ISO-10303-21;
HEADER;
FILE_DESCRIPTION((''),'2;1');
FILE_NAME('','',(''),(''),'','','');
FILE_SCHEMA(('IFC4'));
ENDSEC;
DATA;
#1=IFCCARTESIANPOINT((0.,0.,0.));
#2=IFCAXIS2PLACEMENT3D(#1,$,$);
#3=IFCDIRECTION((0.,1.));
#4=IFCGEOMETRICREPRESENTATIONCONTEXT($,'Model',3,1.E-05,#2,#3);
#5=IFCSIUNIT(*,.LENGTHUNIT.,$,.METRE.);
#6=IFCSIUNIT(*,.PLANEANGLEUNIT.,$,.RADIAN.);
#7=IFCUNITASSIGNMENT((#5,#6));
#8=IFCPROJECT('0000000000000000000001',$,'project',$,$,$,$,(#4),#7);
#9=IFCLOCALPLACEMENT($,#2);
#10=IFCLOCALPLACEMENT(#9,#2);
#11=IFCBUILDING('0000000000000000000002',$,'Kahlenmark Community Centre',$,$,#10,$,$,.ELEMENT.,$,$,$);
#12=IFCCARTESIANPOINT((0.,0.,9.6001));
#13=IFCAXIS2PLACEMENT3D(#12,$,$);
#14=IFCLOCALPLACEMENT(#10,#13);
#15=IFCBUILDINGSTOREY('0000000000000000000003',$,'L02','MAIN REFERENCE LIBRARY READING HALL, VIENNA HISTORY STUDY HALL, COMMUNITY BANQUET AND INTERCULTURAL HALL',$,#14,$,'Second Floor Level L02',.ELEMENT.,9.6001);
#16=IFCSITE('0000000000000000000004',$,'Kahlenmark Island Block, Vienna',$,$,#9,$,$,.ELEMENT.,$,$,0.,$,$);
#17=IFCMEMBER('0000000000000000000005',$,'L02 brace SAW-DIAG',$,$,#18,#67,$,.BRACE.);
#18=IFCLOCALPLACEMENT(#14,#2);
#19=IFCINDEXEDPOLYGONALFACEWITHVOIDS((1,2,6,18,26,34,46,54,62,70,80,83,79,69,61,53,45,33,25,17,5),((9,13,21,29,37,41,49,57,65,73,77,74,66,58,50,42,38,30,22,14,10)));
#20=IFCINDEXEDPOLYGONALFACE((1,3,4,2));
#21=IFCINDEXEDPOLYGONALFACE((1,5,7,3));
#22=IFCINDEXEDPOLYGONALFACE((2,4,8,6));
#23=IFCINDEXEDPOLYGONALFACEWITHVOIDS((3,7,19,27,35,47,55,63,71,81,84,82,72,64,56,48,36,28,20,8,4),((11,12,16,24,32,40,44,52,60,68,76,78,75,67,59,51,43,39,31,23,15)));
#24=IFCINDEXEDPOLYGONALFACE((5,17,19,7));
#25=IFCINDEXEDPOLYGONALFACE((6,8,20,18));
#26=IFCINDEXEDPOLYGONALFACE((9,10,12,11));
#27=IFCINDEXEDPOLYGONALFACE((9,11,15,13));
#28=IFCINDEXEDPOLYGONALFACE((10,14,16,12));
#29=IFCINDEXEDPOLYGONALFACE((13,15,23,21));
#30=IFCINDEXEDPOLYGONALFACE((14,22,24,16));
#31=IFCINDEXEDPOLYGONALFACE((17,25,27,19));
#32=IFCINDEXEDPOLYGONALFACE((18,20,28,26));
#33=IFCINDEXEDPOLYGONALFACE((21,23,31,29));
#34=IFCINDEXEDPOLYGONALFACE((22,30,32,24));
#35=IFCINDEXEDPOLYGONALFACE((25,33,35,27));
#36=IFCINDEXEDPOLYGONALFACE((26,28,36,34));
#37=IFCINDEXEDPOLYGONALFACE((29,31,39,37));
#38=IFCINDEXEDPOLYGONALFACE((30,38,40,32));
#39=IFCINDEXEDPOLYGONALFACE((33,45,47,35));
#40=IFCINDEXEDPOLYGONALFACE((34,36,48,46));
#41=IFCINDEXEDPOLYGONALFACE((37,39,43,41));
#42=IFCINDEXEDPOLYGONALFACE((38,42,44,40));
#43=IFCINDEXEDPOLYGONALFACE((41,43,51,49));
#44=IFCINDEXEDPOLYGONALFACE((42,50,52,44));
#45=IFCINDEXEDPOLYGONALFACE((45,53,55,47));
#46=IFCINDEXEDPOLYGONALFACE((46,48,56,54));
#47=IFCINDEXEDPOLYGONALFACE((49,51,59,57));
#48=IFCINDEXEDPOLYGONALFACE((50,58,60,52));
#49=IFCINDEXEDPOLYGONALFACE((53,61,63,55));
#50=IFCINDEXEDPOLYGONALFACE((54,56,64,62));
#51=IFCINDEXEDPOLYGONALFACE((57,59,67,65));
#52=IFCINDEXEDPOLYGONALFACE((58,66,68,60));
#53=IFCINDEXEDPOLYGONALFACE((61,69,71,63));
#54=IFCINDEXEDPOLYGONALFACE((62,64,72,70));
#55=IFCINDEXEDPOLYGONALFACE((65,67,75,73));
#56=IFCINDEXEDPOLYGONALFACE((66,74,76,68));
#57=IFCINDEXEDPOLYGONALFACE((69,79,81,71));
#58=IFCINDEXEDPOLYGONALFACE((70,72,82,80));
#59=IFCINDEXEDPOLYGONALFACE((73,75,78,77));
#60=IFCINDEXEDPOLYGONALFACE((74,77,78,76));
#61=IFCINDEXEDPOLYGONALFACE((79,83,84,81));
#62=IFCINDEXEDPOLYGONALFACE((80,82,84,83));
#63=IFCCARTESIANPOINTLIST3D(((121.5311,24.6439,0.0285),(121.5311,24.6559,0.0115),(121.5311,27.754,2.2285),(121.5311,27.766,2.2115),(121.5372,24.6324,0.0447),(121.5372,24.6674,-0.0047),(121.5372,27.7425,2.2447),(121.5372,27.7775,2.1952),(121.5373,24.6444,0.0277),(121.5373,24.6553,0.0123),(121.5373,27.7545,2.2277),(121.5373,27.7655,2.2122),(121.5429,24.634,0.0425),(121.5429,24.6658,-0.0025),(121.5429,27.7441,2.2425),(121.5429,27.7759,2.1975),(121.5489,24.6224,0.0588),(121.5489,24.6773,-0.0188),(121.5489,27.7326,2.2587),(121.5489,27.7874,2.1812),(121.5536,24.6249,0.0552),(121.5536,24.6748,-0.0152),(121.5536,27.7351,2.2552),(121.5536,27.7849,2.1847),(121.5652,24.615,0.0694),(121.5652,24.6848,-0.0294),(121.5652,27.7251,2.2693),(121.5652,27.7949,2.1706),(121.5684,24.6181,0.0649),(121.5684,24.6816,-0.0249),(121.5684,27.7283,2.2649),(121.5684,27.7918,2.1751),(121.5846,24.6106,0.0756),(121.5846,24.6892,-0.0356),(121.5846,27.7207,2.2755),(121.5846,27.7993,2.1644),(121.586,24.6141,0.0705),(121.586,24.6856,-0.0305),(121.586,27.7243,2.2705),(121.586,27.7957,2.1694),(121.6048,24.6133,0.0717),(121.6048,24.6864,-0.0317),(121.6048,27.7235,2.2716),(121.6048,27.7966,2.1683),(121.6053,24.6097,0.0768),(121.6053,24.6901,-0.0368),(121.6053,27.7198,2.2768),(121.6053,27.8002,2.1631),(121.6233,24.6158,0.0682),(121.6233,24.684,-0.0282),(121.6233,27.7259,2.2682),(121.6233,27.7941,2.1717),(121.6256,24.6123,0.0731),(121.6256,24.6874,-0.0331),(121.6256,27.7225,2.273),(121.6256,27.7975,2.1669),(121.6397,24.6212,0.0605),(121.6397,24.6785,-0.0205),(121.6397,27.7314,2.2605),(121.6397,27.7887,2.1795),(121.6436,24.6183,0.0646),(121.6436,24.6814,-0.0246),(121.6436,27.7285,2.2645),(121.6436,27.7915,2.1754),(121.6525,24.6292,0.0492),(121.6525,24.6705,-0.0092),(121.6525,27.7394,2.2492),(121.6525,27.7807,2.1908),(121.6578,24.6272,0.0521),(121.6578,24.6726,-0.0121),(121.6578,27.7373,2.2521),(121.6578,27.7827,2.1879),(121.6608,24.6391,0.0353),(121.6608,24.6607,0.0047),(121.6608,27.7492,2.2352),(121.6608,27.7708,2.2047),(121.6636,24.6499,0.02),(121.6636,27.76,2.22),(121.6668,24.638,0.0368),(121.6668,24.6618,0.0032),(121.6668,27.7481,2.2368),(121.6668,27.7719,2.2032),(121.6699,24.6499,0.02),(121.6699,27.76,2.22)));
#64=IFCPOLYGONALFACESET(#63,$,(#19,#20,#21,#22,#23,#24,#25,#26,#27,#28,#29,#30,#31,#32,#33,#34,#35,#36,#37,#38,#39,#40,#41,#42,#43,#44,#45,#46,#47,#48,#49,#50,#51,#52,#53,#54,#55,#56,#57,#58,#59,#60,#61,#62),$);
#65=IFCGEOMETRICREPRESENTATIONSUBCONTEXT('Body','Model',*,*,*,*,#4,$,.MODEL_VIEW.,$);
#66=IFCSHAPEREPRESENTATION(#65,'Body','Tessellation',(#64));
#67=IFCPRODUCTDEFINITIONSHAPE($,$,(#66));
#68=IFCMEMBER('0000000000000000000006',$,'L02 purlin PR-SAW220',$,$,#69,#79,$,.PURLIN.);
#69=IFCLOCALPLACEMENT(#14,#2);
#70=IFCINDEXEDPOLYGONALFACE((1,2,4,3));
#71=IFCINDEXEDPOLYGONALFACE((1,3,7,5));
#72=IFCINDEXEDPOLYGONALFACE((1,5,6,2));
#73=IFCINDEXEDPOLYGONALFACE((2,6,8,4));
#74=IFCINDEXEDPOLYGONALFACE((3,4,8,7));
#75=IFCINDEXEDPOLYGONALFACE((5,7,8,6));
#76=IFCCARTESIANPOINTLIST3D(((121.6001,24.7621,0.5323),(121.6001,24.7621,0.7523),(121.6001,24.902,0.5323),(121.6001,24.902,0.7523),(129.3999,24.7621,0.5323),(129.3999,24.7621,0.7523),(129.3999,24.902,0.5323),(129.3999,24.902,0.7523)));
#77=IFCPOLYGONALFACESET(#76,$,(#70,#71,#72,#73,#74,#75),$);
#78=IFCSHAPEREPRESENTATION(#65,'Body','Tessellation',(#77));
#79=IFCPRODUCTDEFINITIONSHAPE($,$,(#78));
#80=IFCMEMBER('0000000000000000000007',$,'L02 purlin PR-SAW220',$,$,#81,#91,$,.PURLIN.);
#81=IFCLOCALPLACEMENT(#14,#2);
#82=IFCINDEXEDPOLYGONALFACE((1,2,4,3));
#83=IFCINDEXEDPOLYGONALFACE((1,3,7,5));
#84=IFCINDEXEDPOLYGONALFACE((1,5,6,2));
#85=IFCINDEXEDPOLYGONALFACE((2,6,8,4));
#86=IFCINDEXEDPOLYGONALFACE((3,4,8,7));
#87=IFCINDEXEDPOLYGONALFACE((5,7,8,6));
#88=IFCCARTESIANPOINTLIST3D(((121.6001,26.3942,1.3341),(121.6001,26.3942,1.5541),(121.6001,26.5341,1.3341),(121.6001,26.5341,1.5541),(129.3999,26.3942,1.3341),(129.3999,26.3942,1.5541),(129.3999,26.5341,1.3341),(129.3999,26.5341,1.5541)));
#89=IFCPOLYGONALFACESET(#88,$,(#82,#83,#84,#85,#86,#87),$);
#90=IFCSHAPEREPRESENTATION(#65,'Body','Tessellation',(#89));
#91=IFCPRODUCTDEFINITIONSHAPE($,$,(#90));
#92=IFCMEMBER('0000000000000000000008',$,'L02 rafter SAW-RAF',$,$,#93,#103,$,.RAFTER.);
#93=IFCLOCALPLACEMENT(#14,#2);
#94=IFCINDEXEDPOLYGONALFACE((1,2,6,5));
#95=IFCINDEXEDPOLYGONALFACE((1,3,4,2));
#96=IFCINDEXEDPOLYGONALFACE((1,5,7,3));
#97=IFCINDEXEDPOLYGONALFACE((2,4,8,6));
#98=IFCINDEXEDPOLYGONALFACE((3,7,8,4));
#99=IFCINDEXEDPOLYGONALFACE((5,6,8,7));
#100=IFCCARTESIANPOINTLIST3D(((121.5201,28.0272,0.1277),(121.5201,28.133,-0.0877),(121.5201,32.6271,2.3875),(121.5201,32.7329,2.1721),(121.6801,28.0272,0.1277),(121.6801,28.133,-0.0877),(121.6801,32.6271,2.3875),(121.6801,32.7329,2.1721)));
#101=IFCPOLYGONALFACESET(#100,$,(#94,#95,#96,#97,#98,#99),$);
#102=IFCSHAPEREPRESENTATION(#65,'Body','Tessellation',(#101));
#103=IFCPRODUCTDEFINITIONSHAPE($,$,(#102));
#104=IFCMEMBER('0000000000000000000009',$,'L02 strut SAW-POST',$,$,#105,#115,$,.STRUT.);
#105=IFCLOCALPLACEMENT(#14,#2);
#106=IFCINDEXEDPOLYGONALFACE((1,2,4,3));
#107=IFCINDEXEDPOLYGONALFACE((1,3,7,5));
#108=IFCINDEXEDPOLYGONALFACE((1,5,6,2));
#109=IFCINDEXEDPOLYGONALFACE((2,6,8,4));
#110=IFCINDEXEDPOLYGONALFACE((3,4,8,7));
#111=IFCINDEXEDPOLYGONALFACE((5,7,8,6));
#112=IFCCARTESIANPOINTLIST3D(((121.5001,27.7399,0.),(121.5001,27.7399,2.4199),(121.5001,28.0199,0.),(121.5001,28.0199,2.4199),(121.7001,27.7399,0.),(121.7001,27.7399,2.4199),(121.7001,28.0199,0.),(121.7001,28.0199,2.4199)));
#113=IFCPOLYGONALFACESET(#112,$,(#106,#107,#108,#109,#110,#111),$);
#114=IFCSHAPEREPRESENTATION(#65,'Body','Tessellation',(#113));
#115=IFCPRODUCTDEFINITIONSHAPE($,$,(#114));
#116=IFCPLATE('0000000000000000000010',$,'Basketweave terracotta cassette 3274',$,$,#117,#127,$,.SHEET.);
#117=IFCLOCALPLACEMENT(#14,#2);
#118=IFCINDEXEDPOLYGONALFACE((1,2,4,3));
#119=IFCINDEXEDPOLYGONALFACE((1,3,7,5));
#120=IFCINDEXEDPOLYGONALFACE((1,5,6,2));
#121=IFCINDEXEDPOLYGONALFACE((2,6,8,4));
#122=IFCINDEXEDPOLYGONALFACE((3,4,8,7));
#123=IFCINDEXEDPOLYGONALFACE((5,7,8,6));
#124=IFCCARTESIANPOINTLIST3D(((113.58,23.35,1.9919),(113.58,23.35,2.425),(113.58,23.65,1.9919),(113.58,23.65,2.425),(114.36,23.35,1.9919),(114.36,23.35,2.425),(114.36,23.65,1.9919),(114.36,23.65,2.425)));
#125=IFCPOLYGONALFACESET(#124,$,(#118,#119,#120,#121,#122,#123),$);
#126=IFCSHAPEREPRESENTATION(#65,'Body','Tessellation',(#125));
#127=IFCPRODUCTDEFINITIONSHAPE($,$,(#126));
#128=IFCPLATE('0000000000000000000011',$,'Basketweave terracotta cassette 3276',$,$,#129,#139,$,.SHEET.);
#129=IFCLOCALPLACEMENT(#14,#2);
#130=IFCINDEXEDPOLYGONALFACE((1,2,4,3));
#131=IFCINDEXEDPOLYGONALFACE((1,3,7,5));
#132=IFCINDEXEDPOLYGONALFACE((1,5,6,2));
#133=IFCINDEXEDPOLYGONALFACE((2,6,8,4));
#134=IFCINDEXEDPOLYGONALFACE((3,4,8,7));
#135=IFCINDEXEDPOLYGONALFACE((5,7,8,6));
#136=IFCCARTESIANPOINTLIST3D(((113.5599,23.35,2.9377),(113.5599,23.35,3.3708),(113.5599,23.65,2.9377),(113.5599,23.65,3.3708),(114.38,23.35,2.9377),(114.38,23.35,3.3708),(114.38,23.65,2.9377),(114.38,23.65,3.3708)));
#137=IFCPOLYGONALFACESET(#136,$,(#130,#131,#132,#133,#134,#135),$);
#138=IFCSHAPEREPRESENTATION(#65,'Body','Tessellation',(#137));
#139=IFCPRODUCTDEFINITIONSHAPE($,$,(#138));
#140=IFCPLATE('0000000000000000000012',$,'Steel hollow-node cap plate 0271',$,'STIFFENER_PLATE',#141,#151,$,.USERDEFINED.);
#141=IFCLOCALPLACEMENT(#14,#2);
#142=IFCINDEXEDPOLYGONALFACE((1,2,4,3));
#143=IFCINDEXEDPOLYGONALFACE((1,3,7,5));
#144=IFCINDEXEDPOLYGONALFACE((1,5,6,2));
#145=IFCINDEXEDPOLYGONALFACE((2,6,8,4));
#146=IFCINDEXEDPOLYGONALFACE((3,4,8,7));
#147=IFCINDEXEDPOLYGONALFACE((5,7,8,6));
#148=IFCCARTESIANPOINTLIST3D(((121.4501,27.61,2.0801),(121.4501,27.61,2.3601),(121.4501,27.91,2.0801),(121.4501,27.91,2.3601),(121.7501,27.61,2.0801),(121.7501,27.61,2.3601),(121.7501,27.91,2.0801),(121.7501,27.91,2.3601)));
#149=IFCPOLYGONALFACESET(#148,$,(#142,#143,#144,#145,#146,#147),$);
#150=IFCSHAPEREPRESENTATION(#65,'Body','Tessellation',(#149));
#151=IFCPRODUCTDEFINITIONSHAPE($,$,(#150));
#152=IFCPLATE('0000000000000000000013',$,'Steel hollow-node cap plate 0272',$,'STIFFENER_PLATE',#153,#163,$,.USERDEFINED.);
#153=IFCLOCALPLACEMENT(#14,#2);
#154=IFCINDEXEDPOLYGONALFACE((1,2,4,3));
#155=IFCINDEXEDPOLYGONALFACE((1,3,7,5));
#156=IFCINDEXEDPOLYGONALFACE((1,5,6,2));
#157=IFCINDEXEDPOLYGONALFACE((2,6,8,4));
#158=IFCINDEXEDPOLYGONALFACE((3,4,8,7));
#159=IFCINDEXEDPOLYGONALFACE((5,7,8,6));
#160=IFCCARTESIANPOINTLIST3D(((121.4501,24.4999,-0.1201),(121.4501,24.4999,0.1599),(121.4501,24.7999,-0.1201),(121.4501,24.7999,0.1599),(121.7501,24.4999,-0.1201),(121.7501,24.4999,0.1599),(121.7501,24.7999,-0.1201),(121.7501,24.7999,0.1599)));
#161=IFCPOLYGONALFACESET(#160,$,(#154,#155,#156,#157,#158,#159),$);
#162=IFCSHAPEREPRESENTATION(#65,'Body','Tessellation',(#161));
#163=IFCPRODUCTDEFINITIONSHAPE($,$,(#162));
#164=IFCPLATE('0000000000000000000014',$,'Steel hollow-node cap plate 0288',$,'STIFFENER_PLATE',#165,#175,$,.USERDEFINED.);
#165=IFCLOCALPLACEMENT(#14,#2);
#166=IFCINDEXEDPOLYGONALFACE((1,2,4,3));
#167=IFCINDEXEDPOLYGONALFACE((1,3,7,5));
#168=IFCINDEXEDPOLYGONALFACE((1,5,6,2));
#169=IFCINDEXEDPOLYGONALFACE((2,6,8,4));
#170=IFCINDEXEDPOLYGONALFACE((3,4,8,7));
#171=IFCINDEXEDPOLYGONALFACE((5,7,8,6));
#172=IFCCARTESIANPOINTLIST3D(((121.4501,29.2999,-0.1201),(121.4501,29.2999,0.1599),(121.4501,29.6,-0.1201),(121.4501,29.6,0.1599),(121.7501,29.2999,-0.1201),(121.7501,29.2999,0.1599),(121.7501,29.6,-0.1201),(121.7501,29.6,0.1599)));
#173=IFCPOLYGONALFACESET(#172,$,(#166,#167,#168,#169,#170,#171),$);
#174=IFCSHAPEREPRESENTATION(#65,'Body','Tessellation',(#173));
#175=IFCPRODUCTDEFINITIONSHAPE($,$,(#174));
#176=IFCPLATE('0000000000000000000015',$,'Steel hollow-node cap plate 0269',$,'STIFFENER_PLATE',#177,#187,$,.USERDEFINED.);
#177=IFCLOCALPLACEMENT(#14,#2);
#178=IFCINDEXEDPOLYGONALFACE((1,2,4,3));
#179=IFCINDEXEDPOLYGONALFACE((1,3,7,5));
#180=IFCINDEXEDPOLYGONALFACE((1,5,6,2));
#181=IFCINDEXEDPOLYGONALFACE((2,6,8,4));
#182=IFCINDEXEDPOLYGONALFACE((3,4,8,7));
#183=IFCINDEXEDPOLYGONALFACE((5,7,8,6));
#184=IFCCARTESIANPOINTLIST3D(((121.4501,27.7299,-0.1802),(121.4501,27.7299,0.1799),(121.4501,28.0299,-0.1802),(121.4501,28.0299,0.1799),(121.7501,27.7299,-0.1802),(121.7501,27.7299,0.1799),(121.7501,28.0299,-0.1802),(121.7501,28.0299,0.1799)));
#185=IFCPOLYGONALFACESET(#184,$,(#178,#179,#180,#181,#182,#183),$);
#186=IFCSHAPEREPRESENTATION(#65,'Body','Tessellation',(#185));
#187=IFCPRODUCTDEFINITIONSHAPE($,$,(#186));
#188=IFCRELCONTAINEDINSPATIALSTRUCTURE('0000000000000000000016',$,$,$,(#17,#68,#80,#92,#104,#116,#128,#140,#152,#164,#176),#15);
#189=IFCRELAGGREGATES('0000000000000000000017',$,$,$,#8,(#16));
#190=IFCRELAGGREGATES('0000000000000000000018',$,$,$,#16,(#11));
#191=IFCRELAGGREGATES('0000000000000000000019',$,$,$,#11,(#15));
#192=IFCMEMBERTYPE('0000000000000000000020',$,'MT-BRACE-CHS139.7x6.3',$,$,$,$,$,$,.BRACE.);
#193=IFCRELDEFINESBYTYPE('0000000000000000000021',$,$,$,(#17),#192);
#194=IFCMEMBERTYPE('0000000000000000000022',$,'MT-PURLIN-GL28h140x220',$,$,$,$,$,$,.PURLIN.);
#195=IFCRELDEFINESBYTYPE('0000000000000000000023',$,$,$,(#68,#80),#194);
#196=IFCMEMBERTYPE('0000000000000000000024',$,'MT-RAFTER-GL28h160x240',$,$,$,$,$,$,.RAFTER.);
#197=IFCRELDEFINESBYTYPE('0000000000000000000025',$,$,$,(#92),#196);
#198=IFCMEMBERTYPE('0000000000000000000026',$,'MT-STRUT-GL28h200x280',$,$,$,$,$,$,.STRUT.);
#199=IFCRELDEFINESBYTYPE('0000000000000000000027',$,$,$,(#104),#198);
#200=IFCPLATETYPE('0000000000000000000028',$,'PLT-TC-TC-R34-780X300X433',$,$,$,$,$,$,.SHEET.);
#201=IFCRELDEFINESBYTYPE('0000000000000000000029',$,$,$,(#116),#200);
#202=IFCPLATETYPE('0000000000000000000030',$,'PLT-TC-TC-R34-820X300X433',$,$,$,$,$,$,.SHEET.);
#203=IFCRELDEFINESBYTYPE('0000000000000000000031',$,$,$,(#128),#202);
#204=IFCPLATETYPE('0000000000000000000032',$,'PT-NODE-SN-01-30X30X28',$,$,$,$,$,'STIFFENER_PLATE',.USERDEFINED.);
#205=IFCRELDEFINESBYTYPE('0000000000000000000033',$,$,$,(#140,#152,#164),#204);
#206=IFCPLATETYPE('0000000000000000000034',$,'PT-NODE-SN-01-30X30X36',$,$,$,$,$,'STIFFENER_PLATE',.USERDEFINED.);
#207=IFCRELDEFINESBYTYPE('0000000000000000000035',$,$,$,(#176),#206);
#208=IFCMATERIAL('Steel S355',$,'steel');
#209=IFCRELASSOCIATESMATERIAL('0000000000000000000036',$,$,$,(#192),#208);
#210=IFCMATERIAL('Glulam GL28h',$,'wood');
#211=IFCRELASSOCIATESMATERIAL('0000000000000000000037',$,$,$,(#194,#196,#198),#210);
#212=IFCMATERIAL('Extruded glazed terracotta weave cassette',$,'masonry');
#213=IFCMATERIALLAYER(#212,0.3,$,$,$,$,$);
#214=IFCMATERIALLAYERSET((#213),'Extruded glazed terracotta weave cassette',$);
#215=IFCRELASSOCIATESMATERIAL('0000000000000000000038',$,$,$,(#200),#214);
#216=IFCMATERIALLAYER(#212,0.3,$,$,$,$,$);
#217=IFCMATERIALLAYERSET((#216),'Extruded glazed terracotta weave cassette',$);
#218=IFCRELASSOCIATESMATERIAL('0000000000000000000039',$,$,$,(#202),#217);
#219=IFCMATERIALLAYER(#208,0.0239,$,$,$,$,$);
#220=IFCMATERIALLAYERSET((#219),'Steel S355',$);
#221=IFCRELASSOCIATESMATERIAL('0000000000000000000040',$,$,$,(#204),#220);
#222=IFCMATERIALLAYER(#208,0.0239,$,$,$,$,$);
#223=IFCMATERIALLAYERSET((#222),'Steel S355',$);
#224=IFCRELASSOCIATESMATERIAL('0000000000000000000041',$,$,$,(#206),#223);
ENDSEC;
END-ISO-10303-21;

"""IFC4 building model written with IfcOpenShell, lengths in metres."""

from ifc_helpers import new_model, si_unit, direction, frame, origin, origin_2d, place, context, subcontext, project, spatial, rectangle, hollow_circle, extrude, material, layer, layer_set, material_profile, profile_set, type_object, element, save


model = new_model("IFC4")

# Units and contexts
model_context = context("Model", 3, precision=1e-05, world=origin(), true_north=direction((0.0, 1.0)))
body_context = subcontext(model_context, "Body", "Model", "MODEL_VIEW")
ifc_project = project(units=[si_unit("LENGTHUNIT", "METRE"), si_unit("PLANEANGLEUNIT", "RADIAN")], contexts=[model_context])

# Site, building, storey
site_placement = place(None, origin())
site = spatial("IfcSite", under=ifc_project, at=site_placement, Name="Kahlenmark Island Block, Vienna", CompositionType="ELEMENT", RefElevation=0.0)
building_placement = place(site_placement, origin())
building = spatial("IfcBuilding", under=site, at=building_placement, Name="Kahlenmark Community Centre", CompositionType="ELEMENT")
storey_placement = place(building_placement, frame((0.0, 0.0, 9.6001)))
storey = spatial("IfcBuildingStorey", under=building, at=storey_placement, Name="L02", Description="MAIN REFERENCE LIBRARY READING HALL, VIENNA HISTORY STUDY HALL, COMMUNITY BANQUET AND INTERCULTURAL HALL", LongName="Second Floor Level L02", CompositionType="ELEMENT", Elevation=9.6001)

# Members
ifc_material_1 = material(Name="Steel S355", Category="steel")
ifc_material_profile_1 = material_profile(ifc_material_1, hollow_circle(Radius=0.0698, WallThickness=0.0063, at=origin_2d()), Name="CHS 139.7x6.3")
ifc_profile_set_1 = profile_set([ifc_material_profile_1], Name="Steel S355")
member_type_1 = type_object("IfcMemberType", Name="MT-BRACE-CHS139.7x6.3", PredefinedType="BRACE", material=ifc_profile_set_1)
member_1_placement = place(storey_placement, frame((121.6001, 27.76, 2.22), z_axis=(0.0, -0.816401, -0.577486), x_axis=(1.0, 0.0, 0.0)))
element("IfcMember", 1, at=member_1_placement, inside=storey, type_object=member_type_1, Name="L02 brace SAW-DIAG", PredefinedType="BRACE", context=body_context, shape_type="SweptSolid", body=[
    extrude(hollow_circle(Radius=0.0698, WallThickness=0.0063, at=origin_2d()), origin(), (0.0, 0.0, 1.0), 3.8096),
])
ifc_material_2 = material(Name="Glulam GL28h", Category="wood")
ifc_material_profile_2 = material_profile(ifc_material_2, rectangle(XDim=0.1399, YDim=0.22, at=origin_2d()), Name="GL28h 140x220")
ifc_profile_set_2 = profile_set([ifc_material_profile_2], Name="Glulam GL28h")
member_type_2 = type_object("IfcMemberType", Name="MT-PURLIN-GL28h140x220", PredefinedType="PURLIN", material=ifc_profile_set_2)
for number, where, z_axis, x_axis, name in (
    (2, (121.6001, 24.832, 0.6423), (1.0, 0.0, 0.0), (0.0, 1.0, 0.0), "L02 purlin PR-SAW220"),
    (3, (121.6001, 26.4641, 1.4441), (1.0, 0.0, 0.0), (0.0, 1.0, 0.0), "L02 purlin PR-SAW220"),
):
    element("IfcMember", number, at=place(storey_placement, frame(where, z_axis=z_axis, x_axis=x_axis)), inside=storey, type_object=member_type_2, Name=name, PredefinedType="PURLIN", context=body_context, shape_type="SweptSolid", body=[
        extrude(rectangle(XDim=0.1399, YDim=0.22, at=origin_2d()), origin(), (0.0, 0.0, 1.0), 7.7998),
    ])
ifc_material_profile_3 = material_profile(ifc_material_2, rectangle(XDim=0.1599, YDim=0.24, at=origin_2d()), Name="GL28h 160x240")
ifc_profile_set_3 = profile_set([ifc_material_profile_3], Name="Glulam GL28h")
member_type_3 = type_object("IfcMemberType", Name="MT-RAFTER-GL28h160x240", PredefinedType="RAFTER", material=ifc_profile_set_3)
member_2_placement = place(storey_placement, frame((121.6001, 28.0801, 0.02), z_axis=(0.0, 0.89754, 0.440934), x_axis=(-1.0, 0.0, 0.0)))
element("IfcMember", 4, at=member_2_placement, inside=storey, type_object=member_type_3, Name="L02 rafter SAW-RAF", PredefinedType="RAFTER", context=body_context, shape_type="SweptSolid", body=[
    extrude(rectangle(XDim=0.1599, YDim=0.24, at=origin_2d()), origin(), (0.0, 0.0, 1.0), 5.125),
])
ifc_material_profile_4 = material_profile(ifc_material_2, rectangle(XDim=0.2, YDim=0.28, at=origin_2d()), Name="GL28h 200x280")
ifc_profile_set_4 = profile_set([ifc_material_profile_4], Name="Glulam GL28h")
member_type_4 = type_object("IfcMemberType", Name="MT-STRUT-GL28h200x280", PredefinedType="STRUT", material=ifc_profile_set_4)
member_3_placement = place(storey_placement, frame((121.6001, 27.8799, 0.0), z_axis=(0.0, 0.0, 1.0), x_axis=(1.0, 0.0, 0.0)))
element("IfcMember", 5, at=member_3_placement, inside=storey, type_object=member_type_4, Name="L02 strut SAW-POST", PredefinedType="STRUT", context=body_context, shape_type="SweptSolid", body=[
    extrude(rectangle(XDim=0.2, YDim=0.28, at=origin_2d()), origin(), (0.0, 0.0, 1.0), 2.4199),
])

# Plates
ifc_material_3 = material(Name="Extruded glazed terracotta weave cassette", Category="masonry")
ifc_layer_1 = layer(ifc_material_3, 0.3)
ifc_layer_set_1 = layer_set([ifc_layer_1], Name="Extruded glazed terracotta weave cassette")
plate_type_1 = type_object("IfcPlateType", Name="PLT-TC-TC-R34-780X300X433", PredefinedType="SHEET", material=ifc_layer_set_1)
plate_1_placement = place(storey_placement, frame((113.97, 23.5, 1.9919), z_axis=(0.0, 0.0, 1.0), x_axis=(-1.0, 0.0, 0.0)))
element("IfcPlate", 6, at=plate_1_placement, inside=storey, type_object=plate_type_1, Name="Basketweave terracotta cassette 3274", PredefinedType="SHEET", context=body_context, shape_type="SweptSolid", body=[
    extrude(rectangle(XDim=0.78, YDim=0.3, at=origin_2d()), origin(), (0.0, 0.0, 1.0), 0.4331),
])
ifc_layer_2 = layer(ifc_material_3, 0.3)
ifc_layer_set_2 = layer_set([ifc_layer_2], Name="Extruded glazed terracotta weave cassette")
plate_type_2 = type_object("IfcPlateType", Name="PLT-TC-TC-R34-820X300X433", PredefinedType="SHEET", material=ifc_layer_set_2)
plate_2_placement = place(storey_placement, frame((113.97, 23.5, 2.9377), z_axis=(0.0, 0.0, 1.0), x_axis=(-1.0, 0.0, 0.0)))
element("IfcPlate", 7, at=plate_2_placement, inside=storey, type_object=plate_type_2, Name="Basketweave terracotta cassette 3276", PredefinedType="SHEET", context=body_context, shape_type="SweptSolid", body=[
    extrude(rectangle(XDim=0.8201, YDim=0.3, at=origin_2d()), origin(), (0.0, 0.0, 1.0), 0.4331),
])
ifc_layer_3 = layer(ifc_material_1, 0.0239)
ifc_layer_set_3 = layer_set([ifc_layer_3], Name="Steel S355")
plate_type_3 = type_object("IfcPlateType", Name="PT-NODE-SN-01-30X30X28", ElementType="STIFFENER_PLATE", PredefinedType="USERDEFINED", material=ifc_layer_set_3)
for number, where, z_axis, x_axis, name in (
    (8, (121.6001, 27.76, 2.0801), (0.0, 0.0, 1.0), (1.0, 0.0, 0.0), "Steel hollow-node cap plate 0271"),
    (9, (121.6001, 24.6499, -0.1201), (0.0, 0.0, 1.0), (1.0, 0.0, 0.0), "Steel hollow-node cap plate 0272"),
    (10, (121.6001, 29.45, -0.1201), (0.0, 0.0, 1.0), (1.0, 0.0, 0.0), "Steel hollow-node cap plate 0288"),
):
    element("IfcPlate", number, at=place(storey_placement, frame(where, z_axis=z_axis, x_axis=x_axis)), inside=storey, type_object=plate_type_3, Name=name, ObjectType="STIFFENER_PLATE", PredefinedType="USERDEFINED", context=body_context, shape_type="SweptSolid", body=[
        extrude(rectangle(XDim=0.3, YDim=0.3, at=origin_2d()), origin(), (0.0, 0.0, 1.0), 0.28),
    ])
ifc_layer_4 = layer(ifc_material_1, 0.0239)
ifc_layer_set_4 = layer_set([ifc_layer_4], Name="Steel S355")
plate_type_4 = type_object("IfcPlateType", Name="PT-NODE-SN-01-30X30X36", ElementType="STIFFENER_PLATE", PredefinedType="USERDEFINED", material=ifc_layer_set_4)
for number, where, z_axis, x_axis, name in (
    (11, (121.6001, 27.8799, -0.1802), (0.0, 0.0, 1.0), (1.0, 0.0, 0.0), "Steel hollow-node cap plate 0269"),
):
    element("IfcPlate", number, at=place(storey_placement, frame(where, z_axis=z_axis, x_axis=x_axis)), inside=storey, type_object=plate_type_4, Name=name, ObjectType="STIFFENER_PLATE", PredefinedType="USERDEFINED", context=body_context, shape_type="SweptSolid", body=[
        extrude(rectangle(XDim=0.3, YDim=0.3, at=origin_2d()), origin(), (0.0, 0.0, 1.0), 0.3601),
    ])

save(model, "model.ifc")
